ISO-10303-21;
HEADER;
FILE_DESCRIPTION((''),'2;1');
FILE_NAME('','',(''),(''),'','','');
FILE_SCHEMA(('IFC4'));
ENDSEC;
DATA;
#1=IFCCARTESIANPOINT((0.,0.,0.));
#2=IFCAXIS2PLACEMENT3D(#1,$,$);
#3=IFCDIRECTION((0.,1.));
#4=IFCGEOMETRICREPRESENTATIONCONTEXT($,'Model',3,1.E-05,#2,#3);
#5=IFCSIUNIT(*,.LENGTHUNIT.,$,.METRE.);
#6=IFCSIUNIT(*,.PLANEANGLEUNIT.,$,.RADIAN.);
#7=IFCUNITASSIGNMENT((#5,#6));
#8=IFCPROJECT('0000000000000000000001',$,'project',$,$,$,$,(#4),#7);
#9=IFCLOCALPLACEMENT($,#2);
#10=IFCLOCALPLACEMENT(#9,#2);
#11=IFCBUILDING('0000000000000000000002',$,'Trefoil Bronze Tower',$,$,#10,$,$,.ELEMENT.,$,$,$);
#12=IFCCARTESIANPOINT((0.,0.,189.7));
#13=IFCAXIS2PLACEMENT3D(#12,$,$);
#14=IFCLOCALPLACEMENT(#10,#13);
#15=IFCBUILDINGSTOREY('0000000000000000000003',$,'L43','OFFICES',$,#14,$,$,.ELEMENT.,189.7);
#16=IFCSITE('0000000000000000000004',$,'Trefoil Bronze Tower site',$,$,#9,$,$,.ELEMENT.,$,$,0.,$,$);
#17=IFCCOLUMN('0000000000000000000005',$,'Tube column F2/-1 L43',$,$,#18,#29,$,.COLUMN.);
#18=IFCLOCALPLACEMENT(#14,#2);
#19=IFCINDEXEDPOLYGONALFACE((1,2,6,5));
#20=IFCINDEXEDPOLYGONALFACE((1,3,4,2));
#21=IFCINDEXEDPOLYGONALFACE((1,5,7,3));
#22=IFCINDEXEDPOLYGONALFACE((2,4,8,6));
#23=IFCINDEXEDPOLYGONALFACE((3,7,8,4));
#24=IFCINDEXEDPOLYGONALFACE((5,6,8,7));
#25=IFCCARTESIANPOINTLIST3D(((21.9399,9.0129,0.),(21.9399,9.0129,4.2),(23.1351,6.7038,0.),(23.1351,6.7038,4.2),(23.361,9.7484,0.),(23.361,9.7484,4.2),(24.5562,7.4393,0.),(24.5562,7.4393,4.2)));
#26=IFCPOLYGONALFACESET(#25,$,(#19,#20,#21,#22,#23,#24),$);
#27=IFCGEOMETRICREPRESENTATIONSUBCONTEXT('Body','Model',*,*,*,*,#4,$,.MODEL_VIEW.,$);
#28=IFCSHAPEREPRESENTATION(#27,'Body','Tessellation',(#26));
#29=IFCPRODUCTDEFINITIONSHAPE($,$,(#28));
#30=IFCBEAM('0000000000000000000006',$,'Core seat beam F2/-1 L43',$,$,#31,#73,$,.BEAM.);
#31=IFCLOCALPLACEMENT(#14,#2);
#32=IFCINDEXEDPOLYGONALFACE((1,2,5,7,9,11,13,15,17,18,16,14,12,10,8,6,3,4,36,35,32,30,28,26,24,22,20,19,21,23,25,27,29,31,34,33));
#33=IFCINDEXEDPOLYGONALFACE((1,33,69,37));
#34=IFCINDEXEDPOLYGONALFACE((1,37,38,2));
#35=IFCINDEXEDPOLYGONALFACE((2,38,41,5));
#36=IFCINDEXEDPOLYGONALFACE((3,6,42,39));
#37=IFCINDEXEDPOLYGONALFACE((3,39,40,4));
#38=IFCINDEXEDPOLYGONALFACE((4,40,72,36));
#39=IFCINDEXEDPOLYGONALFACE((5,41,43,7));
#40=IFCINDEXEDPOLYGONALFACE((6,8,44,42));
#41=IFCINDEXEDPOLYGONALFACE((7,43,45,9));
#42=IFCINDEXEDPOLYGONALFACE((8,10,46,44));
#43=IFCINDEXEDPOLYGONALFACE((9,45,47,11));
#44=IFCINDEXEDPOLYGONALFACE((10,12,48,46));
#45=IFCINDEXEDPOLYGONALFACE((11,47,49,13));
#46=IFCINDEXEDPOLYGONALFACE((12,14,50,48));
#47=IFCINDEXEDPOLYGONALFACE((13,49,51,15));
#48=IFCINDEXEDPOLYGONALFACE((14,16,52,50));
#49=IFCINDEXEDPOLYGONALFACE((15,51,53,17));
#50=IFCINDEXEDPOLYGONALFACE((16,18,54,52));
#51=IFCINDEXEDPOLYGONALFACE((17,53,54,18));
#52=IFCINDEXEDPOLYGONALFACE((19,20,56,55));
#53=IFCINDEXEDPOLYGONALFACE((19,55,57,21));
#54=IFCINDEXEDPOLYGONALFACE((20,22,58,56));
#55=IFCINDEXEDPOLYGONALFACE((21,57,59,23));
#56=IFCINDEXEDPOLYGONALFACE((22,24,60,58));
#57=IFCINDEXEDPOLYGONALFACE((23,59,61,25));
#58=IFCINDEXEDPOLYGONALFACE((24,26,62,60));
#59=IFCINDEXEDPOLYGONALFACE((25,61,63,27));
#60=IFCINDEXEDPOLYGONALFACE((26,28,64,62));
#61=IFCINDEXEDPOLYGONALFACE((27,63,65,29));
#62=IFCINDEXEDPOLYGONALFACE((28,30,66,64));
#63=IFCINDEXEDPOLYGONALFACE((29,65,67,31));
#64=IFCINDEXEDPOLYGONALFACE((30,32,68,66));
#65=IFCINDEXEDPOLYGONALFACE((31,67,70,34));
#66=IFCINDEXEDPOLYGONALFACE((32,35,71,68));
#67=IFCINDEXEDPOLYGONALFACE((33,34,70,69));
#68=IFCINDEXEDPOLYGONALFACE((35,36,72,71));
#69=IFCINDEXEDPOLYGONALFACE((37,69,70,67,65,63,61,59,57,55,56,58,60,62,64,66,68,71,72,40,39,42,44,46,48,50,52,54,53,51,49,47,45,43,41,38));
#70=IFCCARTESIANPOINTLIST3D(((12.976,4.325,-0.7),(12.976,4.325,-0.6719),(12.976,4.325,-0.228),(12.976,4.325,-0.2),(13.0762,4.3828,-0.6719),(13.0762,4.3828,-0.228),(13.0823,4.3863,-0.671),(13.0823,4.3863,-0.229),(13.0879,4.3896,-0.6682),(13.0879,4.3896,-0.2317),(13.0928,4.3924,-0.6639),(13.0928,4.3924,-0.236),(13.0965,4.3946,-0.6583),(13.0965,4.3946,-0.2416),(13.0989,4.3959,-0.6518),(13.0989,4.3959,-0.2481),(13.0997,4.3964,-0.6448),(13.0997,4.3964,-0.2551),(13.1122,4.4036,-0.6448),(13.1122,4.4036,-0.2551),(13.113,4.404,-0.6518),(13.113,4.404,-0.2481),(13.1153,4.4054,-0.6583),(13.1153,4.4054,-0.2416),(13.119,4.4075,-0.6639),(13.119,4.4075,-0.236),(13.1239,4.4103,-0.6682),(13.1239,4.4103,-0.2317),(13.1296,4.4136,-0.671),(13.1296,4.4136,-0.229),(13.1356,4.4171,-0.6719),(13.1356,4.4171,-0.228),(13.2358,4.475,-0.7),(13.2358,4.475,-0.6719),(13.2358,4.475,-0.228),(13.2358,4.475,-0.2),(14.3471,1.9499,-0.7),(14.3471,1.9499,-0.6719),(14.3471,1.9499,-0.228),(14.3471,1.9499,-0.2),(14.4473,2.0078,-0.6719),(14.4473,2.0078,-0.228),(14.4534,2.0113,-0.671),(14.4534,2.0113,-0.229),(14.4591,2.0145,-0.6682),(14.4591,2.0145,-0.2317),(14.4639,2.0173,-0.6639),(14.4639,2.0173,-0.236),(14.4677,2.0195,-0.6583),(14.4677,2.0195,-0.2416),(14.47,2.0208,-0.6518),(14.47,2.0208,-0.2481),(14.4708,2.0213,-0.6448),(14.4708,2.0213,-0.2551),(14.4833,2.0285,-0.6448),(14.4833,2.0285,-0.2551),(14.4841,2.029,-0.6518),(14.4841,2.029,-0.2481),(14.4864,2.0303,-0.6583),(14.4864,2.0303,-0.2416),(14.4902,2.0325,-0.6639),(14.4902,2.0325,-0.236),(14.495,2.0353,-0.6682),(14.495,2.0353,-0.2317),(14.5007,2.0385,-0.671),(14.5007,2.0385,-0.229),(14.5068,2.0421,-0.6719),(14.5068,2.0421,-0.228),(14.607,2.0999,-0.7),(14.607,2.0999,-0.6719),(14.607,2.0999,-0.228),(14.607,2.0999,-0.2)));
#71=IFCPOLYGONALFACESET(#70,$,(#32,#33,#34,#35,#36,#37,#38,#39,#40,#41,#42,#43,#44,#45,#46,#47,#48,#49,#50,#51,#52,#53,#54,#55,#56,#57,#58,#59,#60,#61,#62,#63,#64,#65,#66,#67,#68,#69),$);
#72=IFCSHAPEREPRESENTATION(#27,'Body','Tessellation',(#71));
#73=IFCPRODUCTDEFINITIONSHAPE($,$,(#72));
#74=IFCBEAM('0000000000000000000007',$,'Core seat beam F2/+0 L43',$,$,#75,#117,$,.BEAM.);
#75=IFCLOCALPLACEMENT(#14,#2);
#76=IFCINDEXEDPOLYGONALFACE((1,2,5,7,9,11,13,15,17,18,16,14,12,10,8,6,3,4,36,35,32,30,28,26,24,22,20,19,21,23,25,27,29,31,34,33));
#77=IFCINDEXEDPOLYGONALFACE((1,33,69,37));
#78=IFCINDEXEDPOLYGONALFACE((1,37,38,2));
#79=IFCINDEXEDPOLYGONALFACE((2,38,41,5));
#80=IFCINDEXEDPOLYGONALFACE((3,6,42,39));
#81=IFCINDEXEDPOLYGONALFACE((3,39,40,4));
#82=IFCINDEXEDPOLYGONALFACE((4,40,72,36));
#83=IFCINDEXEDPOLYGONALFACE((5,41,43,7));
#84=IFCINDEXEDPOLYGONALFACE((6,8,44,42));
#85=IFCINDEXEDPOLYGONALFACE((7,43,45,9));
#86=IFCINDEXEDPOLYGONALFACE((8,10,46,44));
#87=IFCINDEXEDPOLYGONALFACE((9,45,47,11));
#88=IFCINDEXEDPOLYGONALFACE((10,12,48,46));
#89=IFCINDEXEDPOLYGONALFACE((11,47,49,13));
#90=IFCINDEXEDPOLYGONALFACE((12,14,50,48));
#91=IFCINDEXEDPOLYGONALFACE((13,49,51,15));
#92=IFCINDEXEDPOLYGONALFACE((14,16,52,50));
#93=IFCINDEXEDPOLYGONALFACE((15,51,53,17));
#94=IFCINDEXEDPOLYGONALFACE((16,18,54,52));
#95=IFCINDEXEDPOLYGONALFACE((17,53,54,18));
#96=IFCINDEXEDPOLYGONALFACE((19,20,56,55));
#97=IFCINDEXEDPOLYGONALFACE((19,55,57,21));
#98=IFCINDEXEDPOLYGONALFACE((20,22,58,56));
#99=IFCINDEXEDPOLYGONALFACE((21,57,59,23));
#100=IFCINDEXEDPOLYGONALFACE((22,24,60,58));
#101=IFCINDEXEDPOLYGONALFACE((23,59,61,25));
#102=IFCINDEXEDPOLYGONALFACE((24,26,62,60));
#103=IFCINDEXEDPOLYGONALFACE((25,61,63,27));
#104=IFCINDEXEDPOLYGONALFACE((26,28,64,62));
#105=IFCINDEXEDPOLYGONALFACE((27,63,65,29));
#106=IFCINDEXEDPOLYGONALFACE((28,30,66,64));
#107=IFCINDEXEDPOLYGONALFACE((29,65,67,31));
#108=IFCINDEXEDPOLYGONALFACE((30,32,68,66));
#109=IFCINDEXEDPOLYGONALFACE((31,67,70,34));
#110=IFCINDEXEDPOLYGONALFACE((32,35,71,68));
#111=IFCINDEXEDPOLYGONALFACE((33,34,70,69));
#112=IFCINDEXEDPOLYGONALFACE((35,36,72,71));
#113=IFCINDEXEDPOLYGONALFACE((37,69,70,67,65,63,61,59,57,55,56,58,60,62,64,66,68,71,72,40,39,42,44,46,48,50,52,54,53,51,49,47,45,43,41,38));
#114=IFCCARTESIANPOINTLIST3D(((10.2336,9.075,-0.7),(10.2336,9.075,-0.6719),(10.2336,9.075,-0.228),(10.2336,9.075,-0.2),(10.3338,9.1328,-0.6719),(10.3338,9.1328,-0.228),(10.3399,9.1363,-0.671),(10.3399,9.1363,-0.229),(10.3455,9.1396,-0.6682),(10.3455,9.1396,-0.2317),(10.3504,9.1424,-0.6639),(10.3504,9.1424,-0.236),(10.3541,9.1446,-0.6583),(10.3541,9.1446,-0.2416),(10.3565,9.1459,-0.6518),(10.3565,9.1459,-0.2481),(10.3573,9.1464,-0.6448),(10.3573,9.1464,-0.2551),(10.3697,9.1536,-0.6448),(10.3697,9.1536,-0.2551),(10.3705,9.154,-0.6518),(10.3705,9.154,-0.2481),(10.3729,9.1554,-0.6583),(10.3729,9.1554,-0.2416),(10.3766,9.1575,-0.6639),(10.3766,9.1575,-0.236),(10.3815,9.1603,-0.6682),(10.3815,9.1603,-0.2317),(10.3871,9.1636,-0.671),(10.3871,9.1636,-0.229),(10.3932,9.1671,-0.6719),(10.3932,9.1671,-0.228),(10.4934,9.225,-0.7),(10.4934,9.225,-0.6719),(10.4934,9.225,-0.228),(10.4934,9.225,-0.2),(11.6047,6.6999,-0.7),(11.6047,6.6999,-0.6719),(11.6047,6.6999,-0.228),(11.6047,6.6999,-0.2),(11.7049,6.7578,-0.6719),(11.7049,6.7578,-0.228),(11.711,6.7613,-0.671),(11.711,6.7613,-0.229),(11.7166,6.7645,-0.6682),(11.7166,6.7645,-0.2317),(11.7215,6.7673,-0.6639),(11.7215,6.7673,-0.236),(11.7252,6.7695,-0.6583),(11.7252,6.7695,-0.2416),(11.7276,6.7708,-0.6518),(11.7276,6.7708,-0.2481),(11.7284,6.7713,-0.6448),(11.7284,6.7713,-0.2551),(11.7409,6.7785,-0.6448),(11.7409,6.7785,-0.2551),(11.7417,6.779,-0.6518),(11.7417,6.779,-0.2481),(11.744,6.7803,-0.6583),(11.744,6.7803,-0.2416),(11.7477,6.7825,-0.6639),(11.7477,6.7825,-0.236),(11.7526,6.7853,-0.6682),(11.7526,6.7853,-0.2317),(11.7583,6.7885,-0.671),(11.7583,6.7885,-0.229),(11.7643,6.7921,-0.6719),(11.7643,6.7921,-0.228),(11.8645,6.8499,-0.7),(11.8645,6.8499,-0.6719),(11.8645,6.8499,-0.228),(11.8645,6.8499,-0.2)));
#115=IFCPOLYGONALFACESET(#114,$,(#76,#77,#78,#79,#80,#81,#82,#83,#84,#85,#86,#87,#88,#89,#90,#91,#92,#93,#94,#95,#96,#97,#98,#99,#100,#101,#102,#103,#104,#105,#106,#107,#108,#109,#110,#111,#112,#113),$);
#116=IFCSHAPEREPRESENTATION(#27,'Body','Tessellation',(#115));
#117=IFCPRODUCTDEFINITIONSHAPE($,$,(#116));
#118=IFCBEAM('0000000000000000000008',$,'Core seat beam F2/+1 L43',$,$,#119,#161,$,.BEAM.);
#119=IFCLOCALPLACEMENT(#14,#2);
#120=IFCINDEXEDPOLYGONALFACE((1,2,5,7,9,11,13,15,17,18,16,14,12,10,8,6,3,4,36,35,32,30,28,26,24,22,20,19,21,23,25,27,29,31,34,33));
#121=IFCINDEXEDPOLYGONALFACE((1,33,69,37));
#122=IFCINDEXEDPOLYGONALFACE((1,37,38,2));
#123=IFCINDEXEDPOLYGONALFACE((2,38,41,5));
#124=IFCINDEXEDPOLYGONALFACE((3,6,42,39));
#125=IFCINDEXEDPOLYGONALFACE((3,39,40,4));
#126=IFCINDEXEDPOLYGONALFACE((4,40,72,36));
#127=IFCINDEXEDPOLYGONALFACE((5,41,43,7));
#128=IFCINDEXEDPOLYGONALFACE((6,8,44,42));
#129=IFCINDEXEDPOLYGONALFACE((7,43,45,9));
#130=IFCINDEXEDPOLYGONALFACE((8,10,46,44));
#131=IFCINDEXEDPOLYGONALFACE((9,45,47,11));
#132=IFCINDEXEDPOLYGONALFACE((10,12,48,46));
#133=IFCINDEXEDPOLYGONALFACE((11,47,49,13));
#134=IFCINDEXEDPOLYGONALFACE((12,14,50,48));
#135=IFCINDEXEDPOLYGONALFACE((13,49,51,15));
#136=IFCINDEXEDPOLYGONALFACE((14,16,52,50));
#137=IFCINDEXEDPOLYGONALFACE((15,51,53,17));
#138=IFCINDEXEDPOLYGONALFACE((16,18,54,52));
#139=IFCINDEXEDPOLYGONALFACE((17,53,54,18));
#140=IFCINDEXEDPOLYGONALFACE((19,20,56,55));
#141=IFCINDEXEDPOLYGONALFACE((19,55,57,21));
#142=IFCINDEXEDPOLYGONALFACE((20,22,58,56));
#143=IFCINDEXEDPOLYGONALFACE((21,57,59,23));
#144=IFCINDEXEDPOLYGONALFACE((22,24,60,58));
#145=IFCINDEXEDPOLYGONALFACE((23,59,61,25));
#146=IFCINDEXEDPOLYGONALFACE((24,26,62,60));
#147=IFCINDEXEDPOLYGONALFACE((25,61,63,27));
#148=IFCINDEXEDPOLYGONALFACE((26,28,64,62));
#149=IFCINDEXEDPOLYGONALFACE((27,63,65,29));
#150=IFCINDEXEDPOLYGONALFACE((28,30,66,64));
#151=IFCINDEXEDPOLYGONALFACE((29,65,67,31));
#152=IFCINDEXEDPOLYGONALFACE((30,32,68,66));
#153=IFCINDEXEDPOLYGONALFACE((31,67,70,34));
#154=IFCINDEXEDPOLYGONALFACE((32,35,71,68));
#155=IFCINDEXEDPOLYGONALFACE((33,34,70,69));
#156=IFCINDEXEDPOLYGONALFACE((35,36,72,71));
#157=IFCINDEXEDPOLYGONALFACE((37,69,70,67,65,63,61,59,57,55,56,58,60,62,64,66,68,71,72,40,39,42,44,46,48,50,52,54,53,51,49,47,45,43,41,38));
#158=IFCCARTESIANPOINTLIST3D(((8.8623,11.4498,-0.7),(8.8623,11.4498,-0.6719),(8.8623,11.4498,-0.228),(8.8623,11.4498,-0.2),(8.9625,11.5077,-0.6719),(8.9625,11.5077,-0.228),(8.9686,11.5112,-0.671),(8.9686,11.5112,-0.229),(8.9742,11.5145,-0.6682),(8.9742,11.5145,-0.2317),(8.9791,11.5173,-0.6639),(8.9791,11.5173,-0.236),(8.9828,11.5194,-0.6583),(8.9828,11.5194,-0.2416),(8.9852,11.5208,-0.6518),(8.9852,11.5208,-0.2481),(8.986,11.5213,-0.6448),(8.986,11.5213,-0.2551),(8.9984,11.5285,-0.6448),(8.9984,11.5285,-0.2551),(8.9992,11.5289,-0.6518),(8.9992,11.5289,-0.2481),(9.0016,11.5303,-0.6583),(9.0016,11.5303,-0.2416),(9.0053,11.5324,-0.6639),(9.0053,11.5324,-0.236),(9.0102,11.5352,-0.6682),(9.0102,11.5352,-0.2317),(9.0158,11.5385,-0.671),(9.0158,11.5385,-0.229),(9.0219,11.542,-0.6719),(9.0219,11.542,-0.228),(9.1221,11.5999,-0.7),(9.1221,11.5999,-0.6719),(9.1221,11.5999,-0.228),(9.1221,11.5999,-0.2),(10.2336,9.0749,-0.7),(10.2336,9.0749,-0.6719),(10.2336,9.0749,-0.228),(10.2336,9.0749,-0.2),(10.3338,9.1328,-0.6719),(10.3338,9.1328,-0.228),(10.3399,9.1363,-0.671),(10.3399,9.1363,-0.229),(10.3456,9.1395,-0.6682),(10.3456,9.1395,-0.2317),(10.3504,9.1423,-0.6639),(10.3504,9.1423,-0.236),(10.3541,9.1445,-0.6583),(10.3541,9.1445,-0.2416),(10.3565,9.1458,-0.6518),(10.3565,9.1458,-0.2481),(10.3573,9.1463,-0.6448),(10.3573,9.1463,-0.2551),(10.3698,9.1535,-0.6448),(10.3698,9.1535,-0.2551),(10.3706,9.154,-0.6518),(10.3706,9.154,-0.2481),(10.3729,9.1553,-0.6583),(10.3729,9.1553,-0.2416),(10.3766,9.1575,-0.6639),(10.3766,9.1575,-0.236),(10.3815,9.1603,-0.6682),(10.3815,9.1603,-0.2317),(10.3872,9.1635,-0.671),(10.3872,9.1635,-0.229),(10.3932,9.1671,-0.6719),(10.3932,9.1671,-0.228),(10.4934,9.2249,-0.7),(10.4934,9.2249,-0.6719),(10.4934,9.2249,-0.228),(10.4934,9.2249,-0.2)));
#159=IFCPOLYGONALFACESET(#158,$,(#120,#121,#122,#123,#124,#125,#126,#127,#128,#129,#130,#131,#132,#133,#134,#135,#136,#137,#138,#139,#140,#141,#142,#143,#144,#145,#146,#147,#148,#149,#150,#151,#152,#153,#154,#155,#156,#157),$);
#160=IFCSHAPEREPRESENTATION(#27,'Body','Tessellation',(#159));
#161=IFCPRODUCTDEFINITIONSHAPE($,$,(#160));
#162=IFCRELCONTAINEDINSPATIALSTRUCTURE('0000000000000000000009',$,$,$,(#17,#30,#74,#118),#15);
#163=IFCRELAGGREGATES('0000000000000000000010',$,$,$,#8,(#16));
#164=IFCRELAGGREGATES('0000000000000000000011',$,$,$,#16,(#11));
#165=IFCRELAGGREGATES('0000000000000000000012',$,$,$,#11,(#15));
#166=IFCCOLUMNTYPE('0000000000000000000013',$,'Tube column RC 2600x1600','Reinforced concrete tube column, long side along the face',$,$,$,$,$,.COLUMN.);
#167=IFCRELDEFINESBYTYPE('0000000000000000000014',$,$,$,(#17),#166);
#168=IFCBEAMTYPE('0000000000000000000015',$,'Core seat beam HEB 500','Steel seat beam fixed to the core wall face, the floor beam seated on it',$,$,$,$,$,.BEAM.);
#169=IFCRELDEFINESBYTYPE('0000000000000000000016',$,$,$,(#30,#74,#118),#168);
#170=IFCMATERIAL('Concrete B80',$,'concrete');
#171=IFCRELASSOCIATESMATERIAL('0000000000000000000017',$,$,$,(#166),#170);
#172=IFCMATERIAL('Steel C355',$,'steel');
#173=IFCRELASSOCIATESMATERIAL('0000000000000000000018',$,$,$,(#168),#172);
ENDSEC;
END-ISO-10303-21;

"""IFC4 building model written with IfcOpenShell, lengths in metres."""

from ifc_helpers import new_model, si_unit, direction, frame, origin, origin_2d, place, context, subcontext, project, spatial, rectangle, i_section, extrude, material, material_profile, profile_set, type_object, element, save


model = new_model("IFC4")

# Units and contexts
model_context = context("Model", 3, precision=1e-05, world=origin(), true_north=direction((0.0, 1.0)))
body_context = subcontext(model_context, "Body", "Model", "MODEL_VIEW")
ifc_project = project(units=[si_unit("LENGTHUNIT", "METRE"), si_unit("PLANEANGLEUNIT", "RADIAN")], contexts=[model_context])

# Site, building, storey
site_placement = place(None, origin())
site = spatial("IfcSite", under=ifc_project, at=site_placement, Name="Trefoil Bronze Tower site", CompositionType="ELEMENT", RefElevation=0.0)
building_placement = place(site_placement, origin())
building = spatial("IfcBuilding", under=site, at=building_placement, Name="Trefoil Bronze Tower", CompositionType="ELEMENT")
storey_placement = place(building_placement, frame((0.0, 0.0, 189.7)))
storey = spatial("IfcBuildingStorey", under=building, at=storey_placement, Name="L43", Description="OFFICES", CompositionType="ELEMENT", Elevation=189.7)

# Column
ifc_material_1 = material(Name="Concrete B80", Category="concrete")
ifc_material_profile_1 = material_profile(ifc_material_1, rectangle(XDim=2.6001, YDim=1.6001, at=origin_2d()), Name="RC 2600x1600")
ifc_profile_set_1 = profile_set([ifc_material_profile_1], Name="Concrete B80")
column_type = type_object("IfcColumnType", Name="Tube column RC 2600x1600", Description="Reinforced concrete tube column, long side along the face", PredefinedType="COLUMN", material=ifc_profile_set_1)
column_placement = place(storey_placement, frame((23.248, 8.2261, 0.0), z_axis=(0.0, 0.0, 1.0), x_axis=(-0.459673, 0.888088, 0.0)))
element("IfcColumn", 1, at=column_placement, inside=storey, type_object=column_type, Name="Tube column F2/-1 L43", PredefinedType="COLUMN", context=body_context, shape_type="SweptSolid", body=[
    extrude(rectangle(XDim=2.6001, YDim=1.6001, at=origin_2d()), origin(), (0.0, 0.0, 1.0), 4.2),
])

# Beams
ifc_material_2 = material(Name="Steel C355", Category="steel")
ifc_material_profile_2 = material_profile(ifc_material_2, i_section(OverallWidth=0.3, OverallDepth=0.5, WebThickness=0.0144, FlangeThickness=0.0281, FilletRadius=0.0271, at=origin_2d()), Name="HEB 500")
ifc_profile_set_2 = profile_set([ifc_material_profile_2], Name="Steel C355")
beam_type_1 = type_object("IfcBeamType", Name="Core seat beam HEB 500", Description="Steel seat beam fixed to the core wall face, the floor beam seated on it", PredefinedType="BEAM", material=ifc_profile_set_2)
for number, where, z_axis, x_axis, name in (
    (2, (14.4771, 2.0249, -0.45), (-0.499969, 0.866043, 0.0), (-0.866043, -0.499969, 0.0), "Core seat beam F2/-1 L43"),
    (3, (11.7346, 6.7749, -0.45), (-0.499969, 0.866043, 0.0), (-0.866043, -0.499969, 0.0), "Core seat beam F2/+0 L43"),
    (4, (10.3635, 9.1499, -0.45), (-0.500036, 0.866005, 0.0), (-0.866005, -0.500036, 0.0), "Core seat beam F2/+1 L43"),
):
    element("IfcBeam", number, at=place(storey_placement, frame(where, z_axis=z_axis, x_axis=x_axis)), inside=storey, type_object=beam_type_1, Name=name, PredefinedType="BEAM", context=body_context, shape_type="SweptSolid", body=[
        extrude(i_section(OverallWidth=0.3, OverallDepth=0.5, WebThickness=0.0144, FlangeThickness=0.0281, FilletRadius=0.0271, at=origin_2d()), origin(), (0.0, 0.0, 1.0), 2.7424),
    ])

save(model, "model.ifc")
